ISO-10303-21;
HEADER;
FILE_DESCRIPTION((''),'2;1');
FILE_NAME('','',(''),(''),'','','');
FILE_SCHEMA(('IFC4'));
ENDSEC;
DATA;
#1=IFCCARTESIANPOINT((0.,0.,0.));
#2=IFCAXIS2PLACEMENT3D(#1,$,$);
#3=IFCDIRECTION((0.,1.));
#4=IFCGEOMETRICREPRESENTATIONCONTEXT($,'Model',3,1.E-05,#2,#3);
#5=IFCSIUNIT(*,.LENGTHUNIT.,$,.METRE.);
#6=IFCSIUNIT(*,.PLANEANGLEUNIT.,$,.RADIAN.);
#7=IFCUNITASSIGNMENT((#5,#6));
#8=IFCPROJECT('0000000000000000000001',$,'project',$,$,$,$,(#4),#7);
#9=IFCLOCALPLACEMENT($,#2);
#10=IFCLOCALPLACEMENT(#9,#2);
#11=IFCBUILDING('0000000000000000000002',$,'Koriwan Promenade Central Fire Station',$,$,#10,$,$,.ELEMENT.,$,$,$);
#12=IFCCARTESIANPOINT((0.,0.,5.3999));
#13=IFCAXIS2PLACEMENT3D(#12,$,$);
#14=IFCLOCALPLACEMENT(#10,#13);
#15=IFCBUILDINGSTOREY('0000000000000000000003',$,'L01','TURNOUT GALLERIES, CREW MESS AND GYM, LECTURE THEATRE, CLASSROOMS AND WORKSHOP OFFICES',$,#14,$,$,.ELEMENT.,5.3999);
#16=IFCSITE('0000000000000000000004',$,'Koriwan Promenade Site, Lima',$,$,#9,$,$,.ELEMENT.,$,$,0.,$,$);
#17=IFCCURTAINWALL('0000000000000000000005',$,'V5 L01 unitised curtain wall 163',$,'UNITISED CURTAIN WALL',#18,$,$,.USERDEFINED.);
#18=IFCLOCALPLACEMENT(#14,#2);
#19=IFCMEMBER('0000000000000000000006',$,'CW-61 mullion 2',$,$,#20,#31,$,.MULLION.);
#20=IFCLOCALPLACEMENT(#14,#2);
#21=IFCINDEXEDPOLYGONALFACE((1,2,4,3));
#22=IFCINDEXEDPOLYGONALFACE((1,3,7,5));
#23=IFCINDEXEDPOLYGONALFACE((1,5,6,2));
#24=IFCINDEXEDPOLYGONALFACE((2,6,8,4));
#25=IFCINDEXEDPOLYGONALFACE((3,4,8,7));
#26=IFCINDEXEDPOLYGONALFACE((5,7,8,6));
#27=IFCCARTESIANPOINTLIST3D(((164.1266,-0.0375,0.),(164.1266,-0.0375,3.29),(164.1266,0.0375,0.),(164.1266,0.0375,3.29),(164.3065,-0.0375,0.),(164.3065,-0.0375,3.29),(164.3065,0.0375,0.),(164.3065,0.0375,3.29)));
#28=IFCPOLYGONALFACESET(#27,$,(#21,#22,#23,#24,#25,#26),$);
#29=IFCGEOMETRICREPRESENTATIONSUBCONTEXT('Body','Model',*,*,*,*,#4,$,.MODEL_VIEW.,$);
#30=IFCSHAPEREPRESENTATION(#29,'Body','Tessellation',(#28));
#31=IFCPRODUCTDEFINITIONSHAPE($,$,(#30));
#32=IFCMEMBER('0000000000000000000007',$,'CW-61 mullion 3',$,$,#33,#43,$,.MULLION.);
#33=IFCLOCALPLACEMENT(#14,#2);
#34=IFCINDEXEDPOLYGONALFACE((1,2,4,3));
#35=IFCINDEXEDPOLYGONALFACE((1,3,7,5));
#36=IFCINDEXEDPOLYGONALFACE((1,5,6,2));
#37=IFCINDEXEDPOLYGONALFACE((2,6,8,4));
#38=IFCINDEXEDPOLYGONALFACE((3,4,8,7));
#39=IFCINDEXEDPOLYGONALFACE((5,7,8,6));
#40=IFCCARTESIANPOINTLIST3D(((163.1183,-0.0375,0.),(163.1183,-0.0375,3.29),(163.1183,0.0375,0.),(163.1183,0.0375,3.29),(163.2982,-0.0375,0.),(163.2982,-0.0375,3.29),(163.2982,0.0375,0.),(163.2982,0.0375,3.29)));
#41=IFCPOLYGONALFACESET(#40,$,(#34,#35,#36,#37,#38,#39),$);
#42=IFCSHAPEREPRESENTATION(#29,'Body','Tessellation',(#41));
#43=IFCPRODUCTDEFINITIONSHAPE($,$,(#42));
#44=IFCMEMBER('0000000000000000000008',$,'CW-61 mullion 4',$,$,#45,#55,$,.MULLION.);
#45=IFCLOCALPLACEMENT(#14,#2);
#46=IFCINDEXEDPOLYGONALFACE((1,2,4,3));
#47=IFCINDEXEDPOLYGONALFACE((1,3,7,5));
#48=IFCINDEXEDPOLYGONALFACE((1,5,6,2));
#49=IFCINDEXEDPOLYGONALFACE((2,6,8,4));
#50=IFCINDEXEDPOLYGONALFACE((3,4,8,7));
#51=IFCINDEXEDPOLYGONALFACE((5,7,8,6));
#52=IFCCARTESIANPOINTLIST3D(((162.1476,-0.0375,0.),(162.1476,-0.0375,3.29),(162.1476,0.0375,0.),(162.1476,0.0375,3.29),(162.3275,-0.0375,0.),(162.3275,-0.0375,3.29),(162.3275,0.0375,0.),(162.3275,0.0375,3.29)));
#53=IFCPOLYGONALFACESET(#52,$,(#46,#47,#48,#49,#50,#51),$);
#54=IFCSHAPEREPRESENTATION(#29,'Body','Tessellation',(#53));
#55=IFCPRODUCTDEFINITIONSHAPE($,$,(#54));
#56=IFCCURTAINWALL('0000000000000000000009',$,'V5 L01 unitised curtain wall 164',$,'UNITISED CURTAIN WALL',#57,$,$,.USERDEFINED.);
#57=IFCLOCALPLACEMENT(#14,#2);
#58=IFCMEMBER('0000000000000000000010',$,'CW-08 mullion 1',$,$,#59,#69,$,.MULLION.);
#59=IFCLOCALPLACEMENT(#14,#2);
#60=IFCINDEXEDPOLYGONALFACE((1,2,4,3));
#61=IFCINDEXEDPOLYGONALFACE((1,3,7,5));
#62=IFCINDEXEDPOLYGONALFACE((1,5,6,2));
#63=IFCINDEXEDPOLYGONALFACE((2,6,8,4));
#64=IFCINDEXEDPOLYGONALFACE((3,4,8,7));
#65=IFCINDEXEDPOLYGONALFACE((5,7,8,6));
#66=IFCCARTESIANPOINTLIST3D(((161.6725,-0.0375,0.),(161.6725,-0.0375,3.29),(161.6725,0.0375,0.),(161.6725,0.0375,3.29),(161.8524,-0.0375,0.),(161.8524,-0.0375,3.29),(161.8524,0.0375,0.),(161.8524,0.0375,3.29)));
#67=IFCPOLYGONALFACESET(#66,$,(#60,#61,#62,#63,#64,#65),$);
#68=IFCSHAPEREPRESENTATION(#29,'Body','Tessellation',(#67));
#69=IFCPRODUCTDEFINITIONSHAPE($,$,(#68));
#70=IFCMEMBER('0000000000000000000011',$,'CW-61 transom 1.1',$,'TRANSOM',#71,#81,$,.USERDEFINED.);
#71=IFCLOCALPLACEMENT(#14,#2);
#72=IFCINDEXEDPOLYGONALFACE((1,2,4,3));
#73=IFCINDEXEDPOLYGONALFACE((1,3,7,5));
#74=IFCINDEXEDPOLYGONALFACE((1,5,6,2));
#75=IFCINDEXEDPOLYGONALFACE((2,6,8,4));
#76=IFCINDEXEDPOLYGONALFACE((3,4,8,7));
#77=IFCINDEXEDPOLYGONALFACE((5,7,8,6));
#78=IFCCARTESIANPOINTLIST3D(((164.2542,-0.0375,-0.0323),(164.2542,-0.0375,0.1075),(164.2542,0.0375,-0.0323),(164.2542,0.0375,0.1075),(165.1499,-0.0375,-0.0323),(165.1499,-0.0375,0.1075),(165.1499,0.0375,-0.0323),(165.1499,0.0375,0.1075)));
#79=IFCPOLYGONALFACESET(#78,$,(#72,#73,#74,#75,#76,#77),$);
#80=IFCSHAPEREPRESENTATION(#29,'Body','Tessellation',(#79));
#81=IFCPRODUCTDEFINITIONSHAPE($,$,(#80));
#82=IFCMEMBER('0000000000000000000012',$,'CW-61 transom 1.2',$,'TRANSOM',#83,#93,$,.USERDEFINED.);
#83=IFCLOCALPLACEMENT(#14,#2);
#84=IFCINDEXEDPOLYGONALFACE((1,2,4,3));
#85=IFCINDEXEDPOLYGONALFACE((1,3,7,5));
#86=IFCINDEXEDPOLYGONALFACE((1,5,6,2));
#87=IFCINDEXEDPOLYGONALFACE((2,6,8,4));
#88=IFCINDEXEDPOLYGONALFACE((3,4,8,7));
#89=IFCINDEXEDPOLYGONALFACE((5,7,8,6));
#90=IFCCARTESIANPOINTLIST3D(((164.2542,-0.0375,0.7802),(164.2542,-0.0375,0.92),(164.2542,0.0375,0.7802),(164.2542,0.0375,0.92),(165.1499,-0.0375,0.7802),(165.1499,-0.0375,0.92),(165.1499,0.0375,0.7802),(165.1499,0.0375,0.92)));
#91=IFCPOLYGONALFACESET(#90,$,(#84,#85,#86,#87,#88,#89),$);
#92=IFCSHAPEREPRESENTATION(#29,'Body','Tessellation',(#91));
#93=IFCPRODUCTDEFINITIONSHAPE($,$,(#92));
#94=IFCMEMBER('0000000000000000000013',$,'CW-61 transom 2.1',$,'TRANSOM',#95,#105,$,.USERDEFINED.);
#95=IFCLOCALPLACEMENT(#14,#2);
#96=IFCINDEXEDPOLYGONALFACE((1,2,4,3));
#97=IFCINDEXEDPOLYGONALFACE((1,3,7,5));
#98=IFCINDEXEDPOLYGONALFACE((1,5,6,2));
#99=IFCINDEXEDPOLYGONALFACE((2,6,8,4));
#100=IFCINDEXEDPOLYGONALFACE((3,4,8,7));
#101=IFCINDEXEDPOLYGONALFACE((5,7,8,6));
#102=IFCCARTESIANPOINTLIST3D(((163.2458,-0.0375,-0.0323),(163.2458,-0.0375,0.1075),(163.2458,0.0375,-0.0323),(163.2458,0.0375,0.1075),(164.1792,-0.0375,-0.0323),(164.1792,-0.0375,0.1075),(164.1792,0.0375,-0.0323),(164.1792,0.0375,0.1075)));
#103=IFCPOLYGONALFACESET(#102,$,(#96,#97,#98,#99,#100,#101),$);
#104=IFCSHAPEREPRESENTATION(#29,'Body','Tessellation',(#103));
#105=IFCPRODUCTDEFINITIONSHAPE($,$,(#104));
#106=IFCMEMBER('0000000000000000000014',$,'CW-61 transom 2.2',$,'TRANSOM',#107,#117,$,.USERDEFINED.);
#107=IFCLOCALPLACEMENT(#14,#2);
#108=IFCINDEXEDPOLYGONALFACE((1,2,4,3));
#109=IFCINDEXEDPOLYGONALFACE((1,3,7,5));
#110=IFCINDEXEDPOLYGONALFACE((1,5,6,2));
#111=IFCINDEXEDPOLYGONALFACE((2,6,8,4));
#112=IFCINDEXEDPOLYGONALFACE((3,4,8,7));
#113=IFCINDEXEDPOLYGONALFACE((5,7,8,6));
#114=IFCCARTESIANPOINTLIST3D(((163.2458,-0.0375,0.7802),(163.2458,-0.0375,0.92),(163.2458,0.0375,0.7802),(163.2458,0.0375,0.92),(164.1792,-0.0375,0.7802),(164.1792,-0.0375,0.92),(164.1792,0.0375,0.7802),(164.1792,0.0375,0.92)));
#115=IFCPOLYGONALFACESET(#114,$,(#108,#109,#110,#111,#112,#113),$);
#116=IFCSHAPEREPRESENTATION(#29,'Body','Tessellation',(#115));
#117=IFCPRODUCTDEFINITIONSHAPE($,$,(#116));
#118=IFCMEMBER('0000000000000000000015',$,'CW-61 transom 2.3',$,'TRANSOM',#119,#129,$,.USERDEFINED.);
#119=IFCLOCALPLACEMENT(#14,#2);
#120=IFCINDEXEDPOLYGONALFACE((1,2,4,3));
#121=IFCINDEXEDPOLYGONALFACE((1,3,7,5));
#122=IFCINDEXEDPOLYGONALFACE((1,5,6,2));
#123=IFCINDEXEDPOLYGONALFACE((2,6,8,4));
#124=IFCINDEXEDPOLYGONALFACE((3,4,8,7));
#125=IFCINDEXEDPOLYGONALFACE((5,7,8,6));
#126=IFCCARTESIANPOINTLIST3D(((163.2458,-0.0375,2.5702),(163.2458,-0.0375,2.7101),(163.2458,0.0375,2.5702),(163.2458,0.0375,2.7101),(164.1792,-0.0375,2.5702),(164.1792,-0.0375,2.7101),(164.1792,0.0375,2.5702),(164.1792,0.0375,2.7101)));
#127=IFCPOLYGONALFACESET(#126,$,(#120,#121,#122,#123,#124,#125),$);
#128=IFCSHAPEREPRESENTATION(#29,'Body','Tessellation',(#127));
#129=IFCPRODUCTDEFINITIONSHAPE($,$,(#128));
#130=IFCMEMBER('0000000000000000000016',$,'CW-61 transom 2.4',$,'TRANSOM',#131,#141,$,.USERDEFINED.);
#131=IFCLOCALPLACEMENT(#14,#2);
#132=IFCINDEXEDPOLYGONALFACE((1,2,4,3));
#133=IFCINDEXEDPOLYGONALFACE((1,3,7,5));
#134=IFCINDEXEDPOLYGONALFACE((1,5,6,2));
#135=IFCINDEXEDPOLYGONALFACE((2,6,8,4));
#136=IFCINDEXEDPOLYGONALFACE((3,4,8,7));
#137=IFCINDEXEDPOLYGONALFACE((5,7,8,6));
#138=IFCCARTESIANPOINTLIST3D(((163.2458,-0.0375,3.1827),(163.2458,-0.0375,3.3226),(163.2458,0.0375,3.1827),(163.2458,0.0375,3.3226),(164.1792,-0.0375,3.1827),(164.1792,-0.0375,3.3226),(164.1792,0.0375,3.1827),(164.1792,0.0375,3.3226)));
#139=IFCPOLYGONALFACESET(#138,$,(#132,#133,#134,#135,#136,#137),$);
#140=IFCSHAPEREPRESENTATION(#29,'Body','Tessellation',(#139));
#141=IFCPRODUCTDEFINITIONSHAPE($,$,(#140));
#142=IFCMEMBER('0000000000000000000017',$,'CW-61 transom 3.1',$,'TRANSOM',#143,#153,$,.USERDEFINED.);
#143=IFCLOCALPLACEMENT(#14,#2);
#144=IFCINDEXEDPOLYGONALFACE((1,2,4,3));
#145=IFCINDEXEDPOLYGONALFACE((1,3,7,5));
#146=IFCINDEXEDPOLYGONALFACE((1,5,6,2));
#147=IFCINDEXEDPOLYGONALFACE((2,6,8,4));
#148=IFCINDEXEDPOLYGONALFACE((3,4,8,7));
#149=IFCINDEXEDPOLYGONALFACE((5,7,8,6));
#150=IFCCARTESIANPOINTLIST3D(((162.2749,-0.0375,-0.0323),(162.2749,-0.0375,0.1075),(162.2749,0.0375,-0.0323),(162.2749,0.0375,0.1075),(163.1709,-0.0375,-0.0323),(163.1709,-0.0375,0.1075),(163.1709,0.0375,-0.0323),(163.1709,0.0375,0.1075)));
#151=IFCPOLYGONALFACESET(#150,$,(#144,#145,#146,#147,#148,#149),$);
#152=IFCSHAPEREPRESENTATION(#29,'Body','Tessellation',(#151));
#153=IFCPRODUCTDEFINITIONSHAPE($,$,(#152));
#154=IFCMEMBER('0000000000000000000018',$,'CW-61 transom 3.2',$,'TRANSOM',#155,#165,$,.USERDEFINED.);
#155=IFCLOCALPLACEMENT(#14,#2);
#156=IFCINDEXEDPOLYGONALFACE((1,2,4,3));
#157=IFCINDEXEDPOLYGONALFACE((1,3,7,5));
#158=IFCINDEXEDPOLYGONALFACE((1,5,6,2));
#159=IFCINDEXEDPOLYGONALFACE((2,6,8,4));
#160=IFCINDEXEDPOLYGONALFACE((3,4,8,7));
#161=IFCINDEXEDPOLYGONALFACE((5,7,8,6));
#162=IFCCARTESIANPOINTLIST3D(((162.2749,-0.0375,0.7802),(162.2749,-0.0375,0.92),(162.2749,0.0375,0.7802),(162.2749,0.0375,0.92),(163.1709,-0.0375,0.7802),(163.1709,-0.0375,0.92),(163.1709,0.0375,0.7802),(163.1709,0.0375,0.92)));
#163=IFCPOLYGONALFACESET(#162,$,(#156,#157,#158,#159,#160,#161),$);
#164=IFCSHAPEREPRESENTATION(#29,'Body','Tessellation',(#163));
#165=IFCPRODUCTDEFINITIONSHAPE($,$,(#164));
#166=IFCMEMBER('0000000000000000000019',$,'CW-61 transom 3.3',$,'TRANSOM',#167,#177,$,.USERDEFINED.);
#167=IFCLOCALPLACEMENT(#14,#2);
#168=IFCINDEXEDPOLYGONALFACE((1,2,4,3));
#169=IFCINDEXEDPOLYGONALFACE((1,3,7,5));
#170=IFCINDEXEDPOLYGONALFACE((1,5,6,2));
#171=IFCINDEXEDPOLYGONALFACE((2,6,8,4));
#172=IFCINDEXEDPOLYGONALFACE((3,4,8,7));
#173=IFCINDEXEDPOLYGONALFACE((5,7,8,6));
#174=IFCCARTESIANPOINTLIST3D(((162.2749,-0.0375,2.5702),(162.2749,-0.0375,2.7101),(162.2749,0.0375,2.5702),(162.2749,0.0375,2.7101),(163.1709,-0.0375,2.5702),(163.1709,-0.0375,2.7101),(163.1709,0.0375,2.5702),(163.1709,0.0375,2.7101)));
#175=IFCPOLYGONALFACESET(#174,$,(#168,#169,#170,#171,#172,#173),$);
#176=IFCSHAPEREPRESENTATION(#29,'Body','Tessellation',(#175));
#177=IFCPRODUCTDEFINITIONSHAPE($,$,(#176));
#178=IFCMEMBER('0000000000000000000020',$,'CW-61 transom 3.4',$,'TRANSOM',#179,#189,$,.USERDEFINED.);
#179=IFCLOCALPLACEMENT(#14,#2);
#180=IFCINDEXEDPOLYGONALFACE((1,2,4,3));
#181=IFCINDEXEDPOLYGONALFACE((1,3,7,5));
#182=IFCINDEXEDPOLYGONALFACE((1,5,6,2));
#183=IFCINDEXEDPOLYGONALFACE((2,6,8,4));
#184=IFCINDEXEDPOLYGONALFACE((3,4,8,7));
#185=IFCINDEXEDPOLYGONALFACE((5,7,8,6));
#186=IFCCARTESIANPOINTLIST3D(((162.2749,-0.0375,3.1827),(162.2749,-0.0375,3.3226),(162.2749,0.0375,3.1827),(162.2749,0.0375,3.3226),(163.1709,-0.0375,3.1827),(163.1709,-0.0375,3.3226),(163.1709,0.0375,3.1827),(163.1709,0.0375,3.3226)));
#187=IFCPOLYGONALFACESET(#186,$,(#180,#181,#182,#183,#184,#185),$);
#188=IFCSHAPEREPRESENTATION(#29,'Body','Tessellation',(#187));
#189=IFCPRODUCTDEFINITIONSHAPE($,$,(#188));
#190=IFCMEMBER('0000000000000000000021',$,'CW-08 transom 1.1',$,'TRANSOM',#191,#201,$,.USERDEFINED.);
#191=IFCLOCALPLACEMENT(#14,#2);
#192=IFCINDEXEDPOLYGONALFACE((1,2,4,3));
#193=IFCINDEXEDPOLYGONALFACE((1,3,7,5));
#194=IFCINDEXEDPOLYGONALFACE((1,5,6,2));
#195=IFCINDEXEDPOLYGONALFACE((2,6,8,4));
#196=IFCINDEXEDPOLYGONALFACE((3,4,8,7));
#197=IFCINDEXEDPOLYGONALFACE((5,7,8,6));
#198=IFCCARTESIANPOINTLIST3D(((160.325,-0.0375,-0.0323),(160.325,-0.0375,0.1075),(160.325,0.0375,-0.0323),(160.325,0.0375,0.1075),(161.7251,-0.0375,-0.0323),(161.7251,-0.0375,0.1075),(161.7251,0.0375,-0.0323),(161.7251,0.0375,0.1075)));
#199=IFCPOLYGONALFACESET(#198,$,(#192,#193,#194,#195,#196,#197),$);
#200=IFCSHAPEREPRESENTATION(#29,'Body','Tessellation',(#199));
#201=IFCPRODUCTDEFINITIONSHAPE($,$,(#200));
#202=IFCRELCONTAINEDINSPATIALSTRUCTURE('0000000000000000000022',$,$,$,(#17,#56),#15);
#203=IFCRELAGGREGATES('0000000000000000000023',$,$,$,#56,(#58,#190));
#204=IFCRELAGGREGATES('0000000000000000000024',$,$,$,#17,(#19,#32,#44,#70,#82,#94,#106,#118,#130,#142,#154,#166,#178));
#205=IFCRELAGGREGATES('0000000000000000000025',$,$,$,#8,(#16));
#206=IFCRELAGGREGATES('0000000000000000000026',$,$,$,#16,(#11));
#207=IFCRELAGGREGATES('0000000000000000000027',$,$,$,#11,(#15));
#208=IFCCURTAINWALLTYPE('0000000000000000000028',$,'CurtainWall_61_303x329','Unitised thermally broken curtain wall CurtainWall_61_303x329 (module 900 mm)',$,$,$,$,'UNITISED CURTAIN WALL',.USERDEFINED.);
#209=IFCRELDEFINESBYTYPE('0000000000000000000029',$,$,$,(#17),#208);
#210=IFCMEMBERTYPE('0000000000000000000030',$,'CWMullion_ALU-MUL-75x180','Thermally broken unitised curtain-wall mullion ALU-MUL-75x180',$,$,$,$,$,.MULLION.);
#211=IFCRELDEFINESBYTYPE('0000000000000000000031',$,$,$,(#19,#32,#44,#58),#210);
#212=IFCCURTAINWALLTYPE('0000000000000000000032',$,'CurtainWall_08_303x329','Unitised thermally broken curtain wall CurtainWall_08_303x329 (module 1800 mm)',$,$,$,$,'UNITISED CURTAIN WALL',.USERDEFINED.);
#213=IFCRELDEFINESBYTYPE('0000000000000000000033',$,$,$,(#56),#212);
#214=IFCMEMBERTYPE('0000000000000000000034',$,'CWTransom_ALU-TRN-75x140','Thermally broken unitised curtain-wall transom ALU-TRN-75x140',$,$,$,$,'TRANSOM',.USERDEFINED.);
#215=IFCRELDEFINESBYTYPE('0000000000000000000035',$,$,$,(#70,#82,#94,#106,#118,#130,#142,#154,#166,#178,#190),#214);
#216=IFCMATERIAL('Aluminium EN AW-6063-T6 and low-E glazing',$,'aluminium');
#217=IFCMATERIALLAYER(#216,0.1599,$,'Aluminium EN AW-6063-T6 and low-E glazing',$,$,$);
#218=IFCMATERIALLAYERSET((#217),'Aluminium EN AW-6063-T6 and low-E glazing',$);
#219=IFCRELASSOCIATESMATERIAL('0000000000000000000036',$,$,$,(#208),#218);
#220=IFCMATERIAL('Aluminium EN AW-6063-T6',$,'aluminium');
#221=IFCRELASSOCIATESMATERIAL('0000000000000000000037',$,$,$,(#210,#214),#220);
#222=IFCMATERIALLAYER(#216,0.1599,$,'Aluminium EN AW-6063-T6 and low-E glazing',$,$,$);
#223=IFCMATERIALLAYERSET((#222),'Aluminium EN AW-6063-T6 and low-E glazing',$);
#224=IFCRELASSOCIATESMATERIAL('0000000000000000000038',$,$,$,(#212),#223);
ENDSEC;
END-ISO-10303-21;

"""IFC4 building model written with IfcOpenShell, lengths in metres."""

from ifc_helpers import new_model, si_unit, direction, frame, origin, origin_2d, place, context, subcontext, project, spatial, rectangle, extrude, material, layer, layer_set, material_profile, profile_set, type_object, element, aggregate, save


model = new_model("IFC4")

# Units and contexts
model_context = context("Model", 3, precision=1e-05, world=origin(), true_north=direction((0.0, 1.0)))
body_context = subcontext(model_context, "Body", "Model", "MODEL_VIEW")
ifc_project = project(units=[si_unit("LENGTHUNIT", "METRE"), si_unit("PLANEANGLEUNIT", "RADIAN")], contexts=[model_context])

# Site, building, storey
site_placement = place(None, origin())
site = spatial("IfcSite", under=ifc_project, at=site_placement, Name="Koriwan Promenade Site, Lima", CompositionType="ELEMENT", RefElevation=0.0)
building_placement = place(site_placement, origin())
building = spatial("IfcBuilding", under=site, at=building_placement, Name="Koriwan Promenade Central Fire Station", CompositionType="ELEMENT")
storey_placement = place(building_placement, frame((0.0, 0.0, 5.3999)))
storey = spatial("IfcBuildingStorey", under=building, at=storey_placement, Name="L01", Description="TURNOUT GALLERIES, CREW MESS AND GYM, LECTURE THEATRE, CLASSROOMS AND WORKSHOP OFFICES", CompositionType="ELEMENT", Elevation=5.3999)

# Curtain wall, members
ifc_material_1 = material(Name="Aluminium EN AW-6063-T6 and low-E glazing", Category="aluminium")
ifc_layer_1 = layer(ifc_material_1, 0.1599, Name="Aluminium EN AW-6063-T6 and low-E glazing")
ifc_layer_set_1 = layer_set([ifc_layer_1], Name="Aluminium EN AW-6063-T6 and low-E glazing")
curtain_wall_type_1 = type_object("IfcCurtainWallType", Name="CurtainWall_61_303x329", Description="Unitised thermally broken curtain wall CurtainWall_61_303x329 (module 900 mm)", ElementType="UNITISED CURTAIN WALL", PredefinedType="USERDEFINED", material=ifc_layer_set_1)
curtain_wall_1_placement = place(storey_placement, origin())
curtain_wall_1 = element("IfcCurtainWall", 1, at=curtain_wall_1_placement, inside=storey, type_object=curtain_wall_type_1, Name="V5 L01 unitised curtain wall 163", ObjectType="UNITISED CURTAIN WALL", PredefinedType="USERDEFINED")
ifc_material_2 = material(Name="Aluminium EN AW-6063-T6", Category="aluminium")
ifc_material_profile_1 = material_profile(ifc_material_2, rectangle(XDim=0.075, YDim=0.1799, at=origin_2d()), Name="ALU-MUL-75x180")
ifc_profile_set_1 = profile_set([ifc_material_profile_1], Name="Aluminium EN AW-6063-T6")
member_type_1 = type_object("IfcMemberType", Name="CWMullion_ALU-MUL-75x180", Description="Thermally broken unitised curtain-wall mullion ALU-MUL-75x180", PredefinedType="MULLION", material=ifc_profile_set_1)
member_1_placement = place(storey_placement, frame((164.2166, 0.0, 0.0), z_axis=(0.0, 0.0, 1.0), x_axis=(0.0, -1.0, 0.0)))
member_1 = element("IfcMember", 2, at=member_1_placement, type_object=member_type_1, Name="CW-61 mullion 2", PredefinedType="MULLION", context=body_context, shape_type="SweptSolid", body=[
    extrude(rectangle(XDim=0.075, YDim=0.1799, at=origin_2d()), origin(), (0.0, 0.0, 1.0), 3.29),
])
member_2_placement = place(storey_placement, frame((163.2083, 0.0, 0.0), z_axis=(0.0, 0.0, 1.0), x_axis=(0.0, -1.0, 0.0)))
member_2 = element("IfcMember", 3, at=member_2_placement, type_object=member_type_1, Name="CW-61 mullion 3", PredefinedType="MULLION", context=body_context, shape_type="SweptSolid", body=[
    extrude(rectangle(XDim=0.075, YDim=0.1799, at=origin_2d()), origin(), (0.0, 0.0, 1.0), 3.29),
])
member_3_placement = place(storey_placement, frame((162.2375, 0.0, 0.0), z_axis=(0.0, 0.0, 1.0), x_axis=(0.0, -1.0, 0.0)))
member_3 = element("IfcMember", 4, at=member_3_placement, type_object=member_type_1, Name="CW-61 mullion 4", PredefinedType="MULLION", context=body_context, shape_type="SweptSolid", body=[
    extrude(rectangle(XDim=0.075, YDim=0.1799, at=origin_2d()), origin(), (0.0, 0.0, 1.0), 3.29),
])

# Curtain wall, member
ifc_layer_2 = layer(ifc_material_1, 0.1599, Name="Aluminium EN AW-6063-T6 and low-E glazing")
ifc_layer_set_2 = layer_set([ifc_layer_2], Name="Aluminium EN AW-6063-T6 and low-E glazing")
curtain_wall_type_2 = type_object("IfcCurtainWallType", Name="CurtainWall_08_303x329", Description="Unitised thermally broken curtain wall CurtainWall_08_303x329 (module 1800 mm)", ElementType="UNITISED CURTAIN WALL", PredefinedType="USERDEFINED", material=ifc_layer_set_2)
curtain_wall_2_placement = place(storey_placement, origin())
curtain_wall_2 = element("IfcCurtainWall", 5, at=curtain_wall_2_placement, inside=storey, type_object=curtain_wall_type_2, Name="V5 L01 unitised curtain wall 164", ObjectType="UNITISED CURTAIN WALL", PredefinedType="USERDEFINED")
member_4_placement = place(storey_placement, frame((161.7625, 0.0, 0.0), z_axis=(0.0, 0.0, 1.0), x_axis=(0.0, -1.0, 0.0)))
member_4 = element("IfcMember", 6, at=member_4_placement, type_object=member_type_1, Name="CW-08 mullion 1", PredefinedType="MULLION", context=body_context, shape_type="SweptSolid", body=[
    extrude(rectangle(XDim=0.075, YDim=0.1799, at=origin_2d()), origin(), (0.0, 0.0, 1.0), 3.29),
])

# Members
ifc_material_profile_2 = material_profile(ifc_material_2, rectangle(XDim=0.075, YDim=0.1399, at=origin_2d()), Name="ALU-TRN-75x140")
ifc_profile_set_2 = profile_set([ifc_material_profile_2], Name="Aluminium EN AW-6063-T6")
member_type_2 = type_object("IfcMemberType", Name="CWTransom_ALU-TRN-75x140", Description="Thermally broken unitised curtain-wall transom ALU-TRN-75x140", ElementType="TRANSOM", PredefinedType="USERDEFINED", material=ifc_profile_set_2)
member_5_placement = place(storey_placement, frame((165.1499, 0.0, 0.0376), z_axis=(-1.0, 0.0, 0.0), x_axis=(0.0, -1.0, 0.0)))
member_5 = element("IfcMember", 7, at=member_5_placement, type_object=member_type_2, Name="CW-61 transom 1.1", ObjectType="TRANSOM", PredefinedType="USERDEFINED", context=body_context, shape_type="SweptSolid", body=[
    extrude(rectangle(XDim=0.075, YDim=0.1399, at=origin_2d()), origin(), (0.0, 0.0, 1.0), 0.8958),
])
member_6_placement = place(storey_placement, frame((165.1499, 0.0, 0.8501), z_axis=(-1.0, 0.0, 0.0), x_axis=(0.0, -1.0, 0.0)))
member_6 = element("IfcMember", 8, at=member_6_placement, type_object=member_type_2, Name="CW-61 transom 1.2", ObjectType="TRANSOM", PredefinedType="USERDEFINED", context=body_context, shape_type="SweptSolid", body=[
    extrude(rectangle(XDim=0.075, YDim=0.1399, at=origin_2d()), origin(), (0.0, 0.0, 1.0), 0.8958),
])
member_7_placement = place(storey_placement, frame((164.1792, 0.0, 0.0376), z_axis=(-1.0, 0.0, 0.0), x_axis=(0.0, -1.0, 0.0)))
member_7 = element("IfcMember", 9, at=member_7_placement, type_object=member_type_2, Name="CW-61 transom 2.1", ObjectType="TRANSOM", PredefinedType="USERDEFINED", context=body_context, shape_type="SweptSolid", body=[
    extrude(rectangle(XDim=0.075, YDim=0.1399, at=origin_2d()), origin(), (0.0, 0.0, 1.0), 0.9333),
])
member_8_placement = place(storey_placement, frame((164.1792, 0.0, 0.8501), z_axis=(-1.0, 0.0, 0.0), x_axis=(0.0, -1.0, 0.0)))
member_8 = element("IfcMember", 10, at=member_8_placement, type_object=member_type_2, Name="CW-61 transom 2.2", ObjectType="TRANSOM", PredefinedType="USERDEFINED", context=body_context, shape_type="SweptSolid", body=[
    extrude(rectangle(XDim=0.075, YDim=0.1399, at=origin_2d()), origin(), (0.0, 0.0, 1.0), 0.9333),
])
member_9_placement = place(storey_placement, frame((164.1792, 0.0, 2.6401), z_axis=(-1.0, 0.0, 0.0), x_axis=(0.0, -1.0, 0.0)))
member_9 = element("IfcMember", 11, at=member_9_placement, type_object=member_type_2, Name="CW-61 transom 2.3", ObjectType="TRANSOM", PredefinedType="USERDEFINED", context=body_context, shape_type="SweptSolid", body=[
    extrude(rectangle(XDim=0.075, YDim=0.1399, at=origin_2d()), origin(), (0.0, 0.0, 1.0), 0.9333),
])
member_10_placement = place(storey_placement, frame((164.1792, 0.0, 3.2527), z_axis=(-1.0, 0.0, 0.0), x_axis=(0.0, -1.0, 0.0)))
member_10 = element("IfcMember", 12, at=member_10_placement, type_object=member_type_2, Name="CW-61 transom 2.4", ObjectType="TRANSOM", PredefinedType="USERDEFINED", context=body_context, shape_type="SweptSolid", body=[
    extrude(rectangle(XDim=0.075, YDim=0.1399, at=origin_2d()), origin(), (0.0, 0.0, 1.0), 0.9333),
])
member_11_placement = place(storey_placement, frame((163.1709, 0.0, 0.0376), z_axis=(-1.0, 0.0, 0.0), x_axis=(0.0, -1.0, 0.0)))
member_11 = element("IfcMember", 13, at=member_11_placement, type_object=member_type_2, Name="CW-61 transom 3.1", ObjectType="TRANSOM", PredefinedType="USERDEFINED", context=body_context, shape_type="SweptSolid", body=[
    extrude(rectangle(XDim=0.075, YDim=0.1399, at=origin_2d()), origin(), (0.0, 0.0, 1.0), 0.896),
])
member_12_placement = place(storey_placement, frame((163.1709, 0.0, 0.8501), z_axis=(-1.0, 0.0, 0.0), x_axis=(0.0, -1.0, 0.0)))
member_12 = element("IfcMember", 14, at=member_12_placement, type_object=member_type_2, Name="CW-61 transom 3.2", ObjectType="TRANSOM", PredefinedType="USERDEFINED", context=body_context, shape_type="SweptSolid", body=[
    extrude(rectangle(XDim=0.075, YDim=0.1399, at=origin_2d()), origin(), (0.0, 0.0, 1.0), 0.896),
])
member_13_placement = place(storey_placement, frame((163.1709, 0.0, 2.6401), z_axis=(-1.0, 0.0, 0.0), x_axis=(0.0, -1.0, 0.0)))
member_13 = element("IfcMember", 15, at=member_13_placement, type_object=member_type_2, Name="CW-61 transom 3.3", ObjectType="TRANSOM", PredefinedType="USERDEFINED", context=body_context, shape_type="SweptSolid", body=[
    extrude(rectangle(XDim=0.075, YDim=0.1399, at=origin_2d()), origin(), (0.0, 0.0, 1.0), 0.896),
])
member_14_placement = place(storey_placement, frame((163.1709, 0.0, 3.2527), z_axis=(-1.0, 0.0, 0.0), x_axis=(0.0, -1.0, 0.0)))
member_14 = element("IfcMember", 16, at=member_14_placement, type_object=member_type_2, Name="CW-61 transom 3.4", ObjectType="TRANSOM", PredefinedType="USERDEFINED", context=body_context, shape_type="SweptSolid", body=[
    extrude(rectangle(XDim=0.075, YDim=0.1399, at=origin_2d()), origin(), (0.0, 0.0, 1.0), 0.896),
])
member_15_placement = place(storey_placement, frame((161.7251, 0.0, 0.0376), z_axis=(-1.0, 0.0, 0.0), x_axis=(0.0, -1.0, 0.0)))
member_15 = element("IfcMember", 17, at=member_15_placement, type_object=member_type_2, Name="CW-08 transom 1.1", ObjectType="TRANSOM", PredefinedType="USERDEFINED", context=body_context, shape_type="SweptSolid", body=[
    extrude(rectangle(XDim=0.075, YDim=0.1399, at=origin_2d()), origin(), (0.0, 0.0, 1.0), 1.4001),
])
aggregate(curtain_wall_2, [member_4, member_15])

aggregate(curtain_wall_1, [member_1, member_2, member_3, member_5, member_6, member_7, member_8, member_9, member_10, member_11, member_12, member_13, member_14])

save(model, "model.ifc")
